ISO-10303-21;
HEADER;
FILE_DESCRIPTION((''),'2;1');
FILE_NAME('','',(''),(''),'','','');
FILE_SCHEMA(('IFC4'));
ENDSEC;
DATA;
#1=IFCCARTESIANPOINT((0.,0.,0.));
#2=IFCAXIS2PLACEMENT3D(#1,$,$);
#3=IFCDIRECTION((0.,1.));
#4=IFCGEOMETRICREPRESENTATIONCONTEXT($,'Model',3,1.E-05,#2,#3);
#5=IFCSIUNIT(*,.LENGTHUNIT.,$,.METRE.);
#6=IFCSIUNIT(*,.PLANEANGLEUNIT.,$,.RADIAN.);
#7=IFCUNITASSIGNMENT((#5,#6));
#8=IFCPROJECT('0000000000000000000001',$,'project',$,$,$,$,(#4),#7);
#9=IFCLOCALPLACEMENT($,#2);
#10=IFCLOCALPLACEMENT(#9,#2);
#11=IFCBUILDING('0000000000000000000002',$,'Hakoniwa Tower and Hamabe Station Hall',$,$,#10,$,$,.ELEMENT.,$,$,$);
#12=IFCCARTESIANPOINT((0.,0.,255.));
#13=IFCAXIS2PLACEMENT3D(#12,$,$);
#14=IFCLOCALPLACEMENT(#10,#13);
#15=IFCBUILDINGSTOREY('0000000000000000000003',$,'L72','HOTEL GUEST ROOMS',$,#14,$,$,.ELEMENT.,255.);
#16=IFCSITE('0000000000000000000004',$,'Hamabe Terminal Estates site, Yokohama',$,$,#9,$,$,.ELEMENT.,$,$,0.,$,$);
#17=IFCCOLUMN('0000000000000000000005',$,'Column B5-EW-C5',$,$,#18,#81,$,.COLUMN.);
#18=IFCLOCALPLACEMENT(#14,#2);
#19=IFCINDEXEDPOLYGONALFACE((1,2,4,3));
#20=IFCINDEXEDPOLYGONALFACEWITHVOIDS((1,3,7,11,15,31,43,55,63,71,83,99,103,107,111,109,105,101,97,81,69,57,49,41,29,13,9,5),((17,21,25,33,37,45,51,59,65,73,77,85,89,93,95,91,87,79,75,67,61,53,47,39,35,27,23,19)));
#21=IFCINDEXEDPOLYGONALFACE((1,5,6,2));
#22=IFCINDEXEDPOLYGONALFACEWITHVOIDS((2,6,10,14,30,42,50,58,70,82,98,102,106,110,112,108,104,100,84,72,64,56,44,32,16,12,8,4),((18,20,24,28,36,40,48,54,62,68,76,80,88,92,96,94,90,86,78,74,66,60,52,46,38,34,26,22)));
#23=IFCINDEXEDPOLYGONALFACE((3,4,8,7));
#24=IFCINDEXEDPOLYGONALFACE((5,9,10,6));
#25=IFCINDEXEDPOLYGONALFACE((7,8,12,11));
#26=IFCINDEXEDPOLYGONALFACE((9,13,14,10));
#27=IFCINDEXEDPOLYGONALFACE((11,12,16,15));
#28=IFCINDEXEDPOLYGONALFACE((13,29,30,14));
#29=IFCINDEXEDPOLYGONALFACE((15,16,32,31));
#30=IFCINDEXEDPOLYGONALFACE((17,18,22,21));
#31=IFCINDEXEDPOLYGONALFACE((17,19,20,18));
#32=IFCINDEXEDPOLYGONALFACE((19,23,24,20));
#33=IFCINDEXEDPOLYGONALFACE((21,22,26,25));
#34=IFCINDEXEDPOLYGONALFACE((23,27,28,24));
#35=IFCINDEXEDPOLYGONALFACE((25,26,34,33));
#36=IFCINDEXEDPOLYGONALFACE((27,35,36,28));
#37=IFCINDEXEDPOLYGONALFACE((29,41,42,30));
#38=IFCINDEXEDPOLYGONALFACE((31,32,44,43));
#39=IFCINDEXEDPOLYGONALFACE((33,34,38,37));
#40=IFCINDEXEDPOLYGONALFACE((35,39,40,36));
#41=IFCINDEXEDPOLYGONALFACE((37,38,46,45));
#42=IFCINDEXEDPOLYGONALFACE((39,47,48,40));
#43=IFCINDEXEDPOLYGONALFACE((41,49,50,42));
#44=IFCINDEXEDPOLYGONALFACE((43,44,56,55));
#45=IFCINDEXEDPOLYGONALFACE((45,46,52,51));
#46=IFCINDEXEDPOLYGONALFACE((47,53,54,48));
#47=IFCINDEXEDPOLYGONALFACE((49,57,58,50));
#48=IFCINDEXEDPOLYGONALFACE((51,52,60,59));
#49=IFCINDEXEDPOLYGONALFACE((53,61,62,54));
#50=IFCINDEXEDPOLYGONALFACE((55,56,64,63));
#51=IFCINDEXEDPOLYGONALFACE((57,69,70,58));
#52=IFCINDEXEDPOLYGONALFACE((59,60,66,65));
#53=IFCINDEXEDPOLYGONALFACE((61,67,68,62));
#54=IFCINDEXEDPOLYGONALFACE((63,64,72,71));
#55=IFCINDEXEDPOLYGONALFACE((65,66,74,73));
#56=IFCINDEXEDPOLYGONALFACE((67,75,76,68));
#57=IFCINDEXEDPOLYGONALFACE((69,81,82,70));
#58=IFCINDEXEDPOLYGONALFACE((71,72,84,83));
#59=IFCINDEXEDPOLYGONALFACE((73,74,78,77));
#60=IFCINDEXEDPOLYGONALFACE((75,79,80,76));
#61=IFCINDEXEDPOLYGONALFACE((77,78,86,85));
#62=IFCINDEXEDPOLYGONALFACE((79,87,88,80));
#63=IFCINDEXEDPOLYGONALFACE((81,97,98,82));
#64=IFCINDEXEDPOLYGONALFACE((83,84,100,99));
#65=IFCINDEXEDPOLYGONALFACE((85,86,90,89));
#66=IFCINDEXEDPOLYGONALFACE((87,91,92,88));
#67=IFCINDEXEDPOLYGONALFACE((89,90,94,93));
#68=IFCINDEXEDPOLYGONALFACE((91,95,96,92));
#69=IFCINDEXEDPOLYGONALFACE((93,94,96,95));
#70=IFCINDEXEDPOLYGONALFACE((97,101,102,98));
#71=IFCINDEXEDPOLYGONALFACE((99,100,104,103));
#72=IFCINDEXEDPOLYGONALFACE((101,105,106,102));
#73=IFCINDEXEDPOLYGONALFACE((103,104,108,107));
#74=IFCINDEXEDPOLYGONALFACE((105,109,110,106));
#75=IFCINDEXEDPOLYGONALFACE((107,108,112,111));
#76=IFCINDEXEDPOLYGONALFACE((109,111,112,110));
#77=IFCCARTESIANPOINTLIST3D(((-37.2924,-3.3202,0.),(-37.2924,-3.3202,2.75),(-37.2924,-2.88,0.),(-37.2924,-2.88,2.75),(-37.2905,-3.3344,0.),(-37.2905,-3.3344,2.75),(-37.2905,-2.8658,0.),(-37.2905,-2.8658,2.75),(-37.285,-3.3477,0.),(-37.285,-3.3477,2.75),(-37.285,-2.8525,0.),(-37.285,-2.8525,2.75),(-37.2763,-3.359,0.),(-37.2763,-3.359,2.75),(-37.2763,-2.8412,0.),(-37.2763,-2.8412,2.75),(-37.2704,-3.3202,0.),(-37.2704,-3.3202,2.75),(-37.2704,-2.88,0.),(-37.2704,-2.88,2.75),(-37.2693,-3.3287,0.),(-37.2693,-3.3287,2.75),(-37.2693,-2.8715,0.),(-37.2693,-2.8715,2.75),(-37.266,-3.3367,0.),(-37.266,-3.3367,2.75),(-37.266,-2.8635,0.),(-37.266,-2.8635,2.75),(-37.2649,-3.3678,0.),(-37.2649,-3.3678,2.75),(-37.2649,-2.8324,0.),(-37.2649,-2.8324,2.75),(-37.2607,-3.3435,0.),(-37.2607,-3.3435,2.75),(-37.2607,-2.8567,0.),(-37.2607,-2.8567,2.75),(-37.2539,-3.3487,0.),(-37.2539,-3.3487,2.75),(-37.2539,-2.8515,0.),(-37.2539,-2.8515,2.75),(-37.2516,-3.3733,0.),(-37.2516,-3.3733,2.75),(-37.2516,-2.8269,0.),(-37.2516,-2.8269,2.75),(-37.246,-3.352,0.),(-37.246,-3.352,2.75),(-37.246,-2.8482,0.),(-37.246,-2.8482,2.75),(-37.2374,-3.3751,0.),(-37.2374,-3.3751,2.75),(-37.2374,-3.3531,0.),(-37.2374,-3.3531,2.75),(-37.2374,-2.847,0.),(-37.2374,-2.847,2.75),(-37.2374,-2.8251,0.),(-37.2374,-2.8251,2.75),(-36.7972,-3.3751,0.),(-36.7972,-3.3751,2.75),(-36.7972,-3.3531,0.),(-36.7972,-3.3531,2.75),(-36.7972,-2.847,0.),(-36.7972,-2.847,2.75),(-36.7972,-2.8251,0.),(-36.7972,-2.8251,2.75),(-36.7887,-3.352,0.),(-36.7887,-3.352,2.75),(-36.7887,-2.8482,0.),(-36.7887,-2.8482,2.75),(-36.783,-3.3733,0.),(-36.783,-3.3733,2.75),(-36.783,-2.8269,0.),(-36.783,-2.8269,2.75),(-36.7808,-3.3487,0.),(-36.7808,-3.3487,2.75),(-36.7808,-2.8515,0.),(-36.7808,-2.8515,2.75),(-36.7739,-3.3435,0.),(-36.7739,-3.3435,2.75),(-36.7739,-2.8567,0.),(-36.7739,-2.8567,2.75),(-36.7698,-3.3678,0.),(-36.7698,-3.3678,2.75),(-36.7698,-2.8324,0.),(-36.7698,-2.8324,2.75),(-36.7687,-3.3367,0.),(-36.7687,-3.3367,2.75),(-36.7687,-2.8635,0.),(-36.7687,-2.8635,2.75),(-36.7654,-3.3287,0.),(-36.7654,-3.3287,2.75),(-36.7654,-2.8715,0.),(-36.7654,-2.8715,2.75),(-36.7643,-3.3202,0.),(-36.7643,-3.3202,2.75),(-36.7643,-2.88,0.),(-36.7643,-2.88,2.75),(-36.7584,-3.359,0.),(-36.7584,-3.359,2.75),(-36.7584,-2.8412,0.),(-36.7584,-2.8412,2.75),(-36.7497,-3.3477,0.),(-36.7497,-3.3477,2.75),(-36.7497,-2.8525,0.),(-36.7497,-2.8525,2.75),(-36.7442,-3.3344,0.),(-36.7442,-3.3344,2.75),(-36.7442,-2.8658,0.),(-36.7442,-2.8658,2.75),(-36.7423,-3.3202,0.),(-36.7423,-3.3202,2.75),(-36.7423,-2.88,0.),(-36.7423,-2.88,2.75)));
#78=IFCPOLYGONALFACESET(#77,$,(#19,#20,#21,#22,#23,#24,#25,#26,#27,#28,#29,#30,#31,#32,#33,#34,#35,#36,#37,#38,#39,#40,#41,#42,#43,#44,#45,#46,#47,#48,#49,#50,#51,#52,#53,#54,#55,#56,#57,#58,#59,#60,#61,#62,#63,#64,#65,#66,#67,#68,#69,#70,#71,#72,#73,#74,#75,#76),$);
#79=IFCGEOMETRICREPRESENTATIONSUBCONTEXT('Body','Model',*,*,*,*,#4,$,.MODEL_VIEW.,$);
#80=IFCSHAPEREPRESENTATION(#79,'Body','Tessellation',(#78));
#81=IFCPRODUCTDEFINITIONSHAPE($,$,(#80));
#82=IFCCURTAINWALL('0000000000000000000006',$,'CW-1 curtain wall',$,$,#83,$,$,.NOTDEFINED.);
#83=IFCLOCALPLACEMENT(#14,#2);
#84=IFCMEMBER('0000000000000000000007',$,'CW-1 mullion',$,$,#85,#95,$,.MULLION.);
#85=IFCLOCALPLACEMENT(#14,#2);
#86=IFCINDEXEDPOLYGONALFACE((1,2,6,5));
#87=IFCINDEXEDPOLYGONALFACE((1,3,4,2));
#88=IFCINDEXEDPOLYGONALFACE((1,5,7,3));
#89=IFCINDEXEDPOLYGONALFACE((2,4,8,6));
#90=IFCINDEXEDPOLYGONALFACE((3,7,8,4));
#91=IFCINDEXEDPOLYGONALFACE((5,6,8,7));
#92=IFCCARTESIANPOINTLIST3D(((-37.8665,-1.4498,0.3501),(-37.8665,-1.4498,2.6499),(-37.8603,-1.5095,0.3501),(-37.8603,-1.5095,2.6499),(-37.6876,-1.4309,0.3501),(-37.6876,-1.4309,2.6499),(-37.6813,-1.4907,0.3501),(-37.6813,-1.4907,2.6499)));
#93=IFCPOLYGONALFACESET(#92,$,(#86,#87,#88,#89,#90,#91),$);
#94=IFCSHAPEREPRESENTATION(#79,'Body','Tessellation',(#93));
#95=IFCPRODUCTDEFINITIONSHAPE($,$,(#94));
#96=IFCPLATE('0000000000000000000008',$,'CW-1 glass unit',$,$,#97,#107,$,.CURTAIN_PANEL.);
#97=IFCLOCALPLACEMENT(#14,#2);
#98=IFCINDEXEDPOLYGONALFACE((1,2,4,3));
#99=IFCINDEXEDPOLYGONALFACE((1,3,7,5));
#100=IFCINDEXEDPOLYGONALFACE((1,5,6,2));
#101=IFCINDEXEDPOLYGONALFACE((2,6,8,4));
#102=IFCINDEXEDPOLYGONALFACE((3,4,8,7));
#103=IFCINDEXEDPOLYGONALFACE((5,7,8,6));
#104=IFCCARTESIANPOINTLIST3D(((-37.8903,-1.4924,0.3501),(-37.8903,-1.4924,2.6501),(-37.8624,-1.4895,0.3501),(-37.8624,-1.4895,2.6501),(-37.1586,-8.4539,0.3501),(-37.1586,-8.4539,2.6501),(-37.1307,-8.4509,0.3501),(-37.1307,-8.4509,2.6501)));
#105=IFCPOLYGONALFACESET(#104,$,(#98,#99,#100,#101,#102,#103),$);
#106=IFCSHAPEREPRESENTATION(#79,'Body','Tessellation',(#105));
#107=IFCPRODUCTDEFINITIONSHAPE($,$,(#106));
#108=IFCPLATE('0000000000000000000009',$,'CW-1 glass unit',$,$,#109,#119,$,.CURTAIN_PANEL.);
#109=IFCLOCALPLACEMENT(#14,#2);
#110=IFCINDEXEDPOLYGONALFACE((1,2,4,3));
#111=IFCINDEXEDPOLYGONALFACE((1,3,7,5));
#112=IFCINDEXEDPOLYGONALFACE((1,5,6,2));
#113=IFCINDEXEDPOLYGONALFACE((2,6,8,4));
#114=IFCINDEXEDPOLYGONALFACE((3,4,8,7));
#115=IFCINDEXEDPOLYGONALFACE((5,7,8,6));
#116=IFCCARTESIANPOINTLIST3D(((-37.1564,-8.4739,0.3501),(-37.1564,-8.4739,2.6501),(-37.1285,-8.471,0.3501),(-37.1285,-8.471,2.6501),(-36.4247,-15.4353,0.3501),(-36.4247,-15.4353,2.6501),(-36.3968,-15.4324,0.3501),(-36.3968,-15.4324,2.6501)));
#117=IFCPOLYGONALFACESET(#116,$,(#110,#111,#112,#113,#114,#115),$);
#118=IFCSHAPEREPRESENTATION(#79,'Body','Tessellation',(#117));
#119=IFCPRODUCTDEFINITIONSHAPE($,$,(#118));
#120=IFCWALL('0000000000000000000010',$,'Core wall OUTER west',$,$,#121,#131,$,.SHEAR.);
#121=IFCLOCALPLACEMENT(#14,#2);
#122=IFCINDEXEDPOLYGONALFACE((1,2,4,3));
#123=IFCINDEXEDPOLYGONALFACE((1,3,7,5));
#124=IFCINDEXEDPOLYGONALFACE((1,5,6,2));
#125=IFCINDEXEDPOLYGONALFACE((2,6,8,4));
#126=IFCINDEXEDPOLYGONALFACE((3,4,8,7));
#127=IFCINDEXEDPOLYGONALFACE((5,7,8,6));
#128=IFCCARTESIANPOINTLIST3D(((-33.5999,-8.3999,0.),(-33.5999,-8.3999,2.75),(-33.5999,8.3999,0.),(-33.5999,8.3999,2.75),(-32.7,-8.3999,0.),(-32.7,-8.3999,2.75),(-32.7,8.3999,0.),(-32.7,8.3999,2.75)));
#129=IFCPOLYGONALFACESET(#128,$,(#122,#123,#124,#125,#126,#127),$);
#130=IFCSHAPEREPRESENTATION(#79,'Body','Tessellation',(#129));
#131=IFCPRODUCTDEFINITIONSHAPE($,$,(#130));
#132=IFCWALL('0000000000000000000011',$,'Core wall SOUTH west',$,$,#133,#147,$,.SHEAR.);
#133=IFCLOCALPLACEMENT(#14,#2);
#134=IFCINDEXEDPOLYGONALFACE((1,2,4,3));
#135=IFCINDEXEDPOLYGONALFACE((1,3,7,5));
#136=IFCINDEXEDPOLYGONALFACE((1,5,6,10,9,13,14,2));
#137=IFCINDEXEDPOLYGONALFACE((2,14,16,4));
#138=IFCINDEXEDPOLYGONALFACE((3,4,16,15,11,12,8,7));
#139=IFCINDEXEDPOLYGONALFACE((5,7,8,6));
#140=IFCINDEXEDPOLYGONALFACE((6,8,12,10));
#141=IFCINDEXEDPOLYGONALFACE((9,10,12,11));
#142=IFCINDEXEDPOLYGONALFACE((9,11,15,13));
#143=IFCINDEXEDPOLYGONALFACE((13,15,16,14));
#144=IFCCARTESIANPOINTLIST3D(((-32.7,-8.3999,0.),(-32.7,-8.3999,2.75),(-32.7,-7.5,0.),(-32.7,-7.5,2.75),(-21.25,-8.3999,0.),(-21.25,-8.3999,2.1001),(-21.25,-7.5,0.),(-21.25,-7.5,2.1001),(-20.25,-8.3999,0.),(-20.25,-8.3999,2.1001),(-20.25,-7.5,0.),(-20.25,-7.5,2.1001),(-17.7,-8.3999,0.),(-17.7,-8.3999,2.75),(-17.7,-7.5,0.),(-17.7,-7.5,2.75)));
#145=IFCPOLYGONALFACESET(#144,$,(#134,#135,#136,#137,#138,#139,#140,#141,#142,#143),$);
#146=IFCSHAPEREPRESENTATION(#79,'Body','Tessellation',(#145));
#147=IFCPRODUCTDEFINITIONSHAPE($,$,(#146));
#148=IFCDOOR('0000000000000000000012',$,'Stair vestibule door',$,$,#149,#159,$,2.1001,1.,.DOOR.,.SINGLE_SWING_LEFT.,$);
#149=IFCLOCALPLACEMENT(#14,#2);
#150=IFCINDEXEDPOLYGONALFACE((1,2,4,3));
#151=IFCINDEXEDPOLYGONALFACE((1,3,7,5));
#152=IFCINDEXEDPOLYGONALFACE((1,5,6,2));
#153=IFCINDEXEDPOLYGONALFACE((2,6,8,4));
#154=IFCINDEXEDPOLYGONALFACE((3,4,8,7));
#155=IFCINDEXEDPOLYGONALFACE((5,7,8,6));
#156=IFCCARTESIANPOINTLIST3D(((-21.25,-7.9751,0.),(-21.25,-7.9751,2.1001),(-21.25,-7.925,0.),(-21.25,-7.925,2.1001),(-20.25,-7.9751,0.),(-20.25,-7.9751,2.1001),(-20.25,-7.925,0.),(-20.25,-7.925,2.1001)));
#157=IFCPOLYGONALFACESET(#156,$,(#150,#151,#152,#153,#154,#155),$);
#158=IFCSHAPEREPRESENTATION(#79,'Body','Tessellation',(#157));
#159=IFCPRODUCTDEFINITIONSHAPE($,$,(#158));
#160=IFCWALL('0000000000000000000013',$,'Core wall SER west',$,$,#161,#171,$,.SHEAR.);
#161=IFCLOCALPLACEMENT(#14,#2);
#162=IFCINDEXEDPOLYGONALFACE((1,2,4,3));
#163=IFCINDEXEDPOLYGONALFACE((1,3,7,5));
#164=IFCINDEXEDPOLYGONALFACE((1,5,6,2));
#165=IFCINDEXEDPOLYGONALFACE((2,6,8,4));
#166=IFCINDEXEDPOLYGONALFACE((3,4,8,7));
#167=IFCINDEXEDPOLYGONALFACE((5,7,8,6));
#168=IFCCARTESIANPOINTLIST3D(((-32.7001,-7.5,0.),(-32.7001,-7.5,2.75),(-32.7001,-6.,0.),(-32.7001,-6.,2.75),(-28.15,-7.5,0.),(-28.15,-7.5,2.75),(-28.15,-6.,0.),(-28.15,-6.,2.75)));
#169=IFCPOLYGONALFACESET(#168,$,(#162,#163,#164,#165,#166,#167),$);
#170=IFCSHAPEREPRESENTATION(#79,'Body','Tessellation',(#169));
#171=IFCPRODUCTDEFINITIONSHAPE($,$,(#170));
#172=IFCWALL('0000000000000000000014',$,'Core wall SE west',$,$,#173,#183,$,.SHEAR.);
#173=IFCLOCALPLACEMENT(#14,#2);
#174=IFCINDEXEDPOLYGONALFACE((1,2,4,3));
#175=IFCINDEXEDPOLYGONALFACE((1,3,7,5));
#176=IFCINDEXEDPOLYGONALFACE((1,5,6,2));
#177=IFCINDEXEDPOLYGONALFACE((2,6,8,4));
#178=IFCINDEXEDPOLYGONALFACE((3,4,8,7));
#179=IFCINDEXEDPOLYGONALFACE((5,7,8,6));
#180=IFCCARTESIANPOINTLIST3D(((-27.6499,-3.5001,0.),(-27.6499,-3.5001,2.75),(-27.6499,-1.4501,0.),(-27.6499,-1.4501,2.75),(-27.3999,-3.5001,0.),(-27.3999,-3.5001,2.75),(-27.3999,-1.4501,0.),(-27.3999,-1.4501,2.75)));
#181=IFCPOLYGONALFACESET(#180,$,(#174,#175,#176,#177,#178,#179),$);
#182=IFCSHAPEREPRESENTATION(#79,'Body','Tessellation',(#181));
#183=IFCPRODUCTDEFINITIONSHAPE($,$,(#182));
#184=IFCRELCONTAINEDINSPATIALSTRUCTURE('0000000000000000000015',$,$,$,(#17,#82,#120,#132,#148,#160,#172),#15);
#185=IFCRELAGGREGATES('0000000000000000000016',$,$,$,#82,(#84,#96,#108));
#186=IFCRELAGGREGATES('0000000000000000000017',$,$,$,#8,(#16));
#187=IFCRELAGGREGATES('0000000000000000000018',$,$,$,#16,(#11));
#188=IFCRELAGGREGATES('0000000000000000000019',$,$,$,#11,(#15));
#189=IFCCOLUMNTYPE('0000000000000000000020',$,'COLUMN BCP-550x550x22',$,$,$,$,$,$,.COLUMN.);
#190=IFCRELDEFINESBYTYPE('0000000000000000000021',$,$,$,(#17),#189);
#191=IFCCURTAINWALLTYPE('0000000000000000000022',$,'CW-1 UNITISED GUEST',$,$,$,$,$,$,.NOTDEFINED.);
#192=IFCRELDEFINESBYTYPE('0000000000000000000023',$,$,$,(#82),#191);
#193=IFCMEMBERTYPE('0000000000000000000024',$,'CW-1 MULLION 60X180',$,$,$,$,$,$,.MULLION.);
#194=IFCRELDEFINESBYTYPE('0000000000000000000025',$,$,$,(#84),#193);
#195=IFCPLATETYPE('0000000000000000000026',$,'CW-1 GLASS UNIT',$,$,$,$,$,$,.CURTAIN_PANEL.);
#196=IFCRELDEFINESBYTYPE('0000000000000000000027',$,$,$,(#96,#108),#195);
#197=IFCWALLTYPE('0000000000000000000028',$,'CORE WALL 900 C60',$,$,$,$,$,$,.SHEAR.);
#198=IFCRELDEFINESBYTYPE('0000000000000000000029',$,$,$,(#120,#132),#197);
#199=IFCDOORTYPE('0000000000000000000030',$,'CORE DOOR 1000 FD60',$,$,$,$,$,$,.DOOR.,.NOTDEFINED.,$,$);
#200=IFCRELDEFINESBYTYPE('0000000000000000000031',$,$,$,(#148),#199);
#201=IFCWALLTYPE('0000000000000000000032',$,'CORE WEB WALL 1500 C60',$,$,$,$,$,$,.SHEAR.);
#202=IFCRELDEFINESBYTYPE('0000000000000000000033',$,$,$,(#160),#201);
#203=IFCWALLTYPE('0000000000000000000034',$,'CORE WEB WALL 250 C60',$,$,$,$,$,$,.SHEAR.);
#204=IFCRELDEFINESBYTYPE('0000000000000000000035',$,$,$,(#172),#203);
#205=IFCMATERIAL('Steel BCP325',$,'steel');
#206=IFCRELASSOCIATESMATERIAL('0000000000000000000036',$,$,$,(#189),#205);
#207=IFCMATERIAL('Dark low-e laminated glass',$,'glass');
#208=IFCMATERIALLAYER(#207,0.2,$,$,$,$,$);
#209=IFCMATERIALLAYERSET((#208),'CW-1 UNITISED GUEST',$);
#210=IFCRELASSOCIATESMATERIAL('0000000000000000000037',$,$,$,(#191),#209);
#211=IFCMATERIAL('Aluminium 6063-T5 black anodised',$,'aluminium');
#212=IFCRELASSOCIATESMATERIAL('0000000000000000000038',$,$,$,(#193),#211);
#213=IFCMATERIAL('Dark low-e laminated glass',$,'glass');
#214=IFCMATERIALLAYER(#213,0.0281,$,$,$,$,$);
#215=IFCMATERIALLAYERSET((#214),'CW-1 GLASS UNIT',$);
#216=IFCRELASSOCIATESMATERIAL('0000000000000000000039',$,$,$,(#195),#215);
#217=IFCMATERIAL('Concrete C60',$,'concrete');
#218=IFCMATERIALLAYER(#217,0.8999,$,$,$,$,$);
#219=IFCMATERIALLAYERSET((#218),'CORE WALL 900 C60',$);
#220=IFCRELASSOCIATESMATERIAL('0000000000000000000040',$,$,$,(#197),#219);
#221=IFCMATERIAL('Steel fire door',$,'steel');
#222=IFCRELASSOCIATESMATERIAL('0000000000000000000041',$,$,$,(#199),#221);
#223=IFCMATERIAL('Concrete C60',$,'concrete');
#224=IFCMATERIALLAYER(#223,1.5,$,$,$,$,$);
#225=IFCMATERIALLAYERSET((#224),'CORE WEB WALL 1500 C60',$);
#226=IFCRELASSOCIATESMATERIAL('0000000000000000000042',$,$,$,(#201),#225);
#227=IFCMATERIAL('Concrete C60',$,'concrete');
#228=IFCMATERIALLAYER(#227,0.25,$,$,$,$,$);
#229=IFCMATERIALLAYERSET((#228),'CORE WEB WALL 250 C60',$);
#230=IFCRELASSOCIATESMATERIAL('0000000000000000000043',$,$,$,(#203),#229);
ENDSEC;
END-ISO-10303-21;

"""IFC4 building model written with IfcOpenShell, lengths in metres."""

from ifc_helpers import new_model, si_unit, direction, frame, frame_2d, origin, origin_2d, place, context, subcontext, project, spatial, rectangle, hollow_rectangle, extrude, material, layer, layer_set, material_profile, profile_set, type_object, element, fill, aggregate, save


model = new_model("IFC4")

# Units and contexts
model_context = context("Model", 3, precision=1e-05, world=origin(), true_north=direction((0.0, 1.0)))
body_context = subcontext(model_context, "Body", "Model", "MODEL_VIEW")
ifc_project = project(units=[si_unit("LENGTHUNIT", "METRE"), si_unit("PLANEANGLEUNIT", "RADIAN")], contexts=[model_context])

# Site, building, storey
site_placement = place(None, origin())
site = spatial("IfcSite", under=ifc_project, at=site_placement, Name="Hamabe Terminal Estates site, Yokohama", CompositionType="ELEMENT", RefElevation=0.0)
building_placement = place(site_placement, origin())
building = spatial("IfcBuilding", under=site, at=building_placement, Name="Hakoniwa Tower and Hamabe Station Hall", CompositionType="ELEMENT")
storey_placement = place(building_placement, frame((0.0, 0.0, 255.0)))
storey = spatial("IfcBuildingStorey", under=building, at=storey_placement, Name="L72", Description="HOTEL GUEST ROOMS", CompositionType="ELEMENT", Elevation=255.0)

# Column
ifc_material_1 = material(Name="Steel BCP325", Category="steel")
ifc_material_profile_1 = material_profile(ifc_material_1, hollow_rectangle(XDim=0.55, YDim=0.55, WallThickness=0.022, InnerFilletRadius=0.033, OuterFilletRadius=0.0549, at=origin_2d()), Name="BCP-550x550x22")
ifc_profile_set_1 = profile_set([ifc_material_profile_1], Name="Steel BCP325")
column_type = type_object("IfcColumnType", Name="COLUMN BCP-550x550x22", PredefinedType="COLUMN", material=ifc_profile_set_1)
column_placement = place(storey_placement, frame((-37.0173, -3.1001, 0.0), z_axis=(0.0, 0.0, 1.0), x_axis=(1.0, 0.0, 0.0)))
element("IfcColumn", 1, at=column_placement, inside=storey, type_object=column_type, Name="Column B5-EW-C5", PredefinedType="COLUMN", context=body_context, shape_type="SweptSolid", body=[
    extrude(hollow_rectangle(XDim=0.55, YDim=0.55, WallThickness=0.022, InnerFilletRadius=0.033, OuterFilletRadius=0.0549, at=origin_2d()), origin(), (0.0, 0.0, 1.0), 2.75),
])

# Curtain wall, member, plates
ifc_material_2 = material(Name="Dark low-e laminated glass", Category="glass")
ifc_layer_1 = layer(ifc_material_2, 0.2)
ifc_layer_set_1 = layer_set([ifc_layer_1], Name="CW-1 UNITISED GUEST")
curtain_wall_type = type_object("IfcCurtainWallType", Name="CW-1 UNITISED GUEST", PredefinedType="NOTDEFINED", material=ifc_layer_set_1)
curtain_wall_placement = place(storey_placement, origin())
curtain_wall = element("IfcCurtainWall", 2, at=curtain_wall_placement, inside=storey, type_object=curtain_wall_type, Name="CW-1 curtain wall", PredefinedType="NOTDEFINED")
ifc_material_3 = material(Name="Aluminium 6063-T5 black anodised", Category="aluminium")
ifc_material_profile_2 = material_profile(ifc_material_3, rectangle(XDim=0.0601, YDim=0.1799, at=origin_2d()), Name="CW-1 MULLION 60X180")
ifc_profile_set_2 = profile_set([ifc_material_profile_2], Name="Aluminium 6063-T5 black anodised")
member_type = type_object("IfcMemberType", Name="CW-1 MULLION 60X180", PredefinedType="MULLION", material=ifc_profile_set_2)
member_placement = place(storey_placement, frame((-37.7739, -1.4702, 0.3501), z_axis=(0.0, 0.0, 1.0), x_axis=(0.104528, -0.994522, 0.0)))
member = element("IfcMember", 3, at=member_placement, type_object=member_type, Name="CW-1 mullion", PredefinedType="MULLION", context=body_context, shape_type="SweptSolid", body=[
    extrude(rectangle(XDim=0.0601, YDim=0.1799, at=origin_2d()), origin(), (0.0, 0.0, 1.0), 2.2998),
])
ifc_material_4 = material(Name="Dark low-e laminated glass", Category="glass")
ifc_layer_2 = layer(ifc_material_4, 0.0281)
ifc_layer_set_2 = layer_set([ifc_layer_2], Name="CW-1 GLASS UNIT")
plate_type = type_object("IfcPlateType", Name="CW-1 GLASS UNIT", PredefinedType="CURTAIN_PANEL", material=ifc_layer_set_2)
plate_1_placement = place(storey_placement, frame((-37.5105, -4.9717, 0.3501), z_axis=(0.0, 0.0, 1.0), x_axis=(0.104528, -0.994522, 0.0)))
plate_1 = element("IfcPlate", 4, at=plate_1_placement, type_object=plate_type, Name="CW-1 glass unit", PredefinedType="CURTAIN_PANEL", context=body_context, shape_type="SweptSolid", body=[
    extrude(rectangle(XDim=6.9998, YDim=0.0281, at=origin_2d()), origin(), (0.0, 0.0, 1.0), 2.3),
])
plate_2_placement = place(storey_placement, frame((-36.7766, -11.9531, 0.3501), z_axis=(0.0, 0.0, 1.0), x_axis=(0.104528, -0.994522, 0.0)))
plate_2 = element("IfcPlate", 5, at=plate_2_placement, type_object=plate_type, Name="CW-1 glass unit", PredefinedType="CURTAIN_PANEL", context=body_context, shape_type="SweptSolid", body=[
    extrude(rectangle(XDim=6.9998, YDim=0.0281, at=origin_2d()), origin(), (0.0, 0.0, 1.0), 2.3),
])
aggregate(curtain_wall, [member, plate_1, plate_2])

# Wall
ifc_material_5 = material(Name="Concrete C60", Category="concrete")
ifc_layer_3 = layer(ifc_material_5, 0.8999)
ifc_layer_set_3 = layer_set([ifc_layer_3], Name="CORE WALL 900 C60")
wall_type_1 = type_object("IfcWallType", Name="CORE WALL 900 C60", PredefinedType="SHEAR", material=ifc_layer_set_3)
wall_1_placement = place(storey_placement, frame((-33.1499, -8.3999, 0.0), z_axis=(0.0, 0.0, 1.0), x_axis=(0.0, 1.0, 0.0)))
element("IfcWall", 6, at=wall_1_placement, inside=storey, type_object=wall_type_1, Name="Core wall OUTER west", PredefinedType="SHEAR", context=body_context, shape_type="SweptSolid", body=[
    extrude(rectangle(XDim=16.7998, YDim=0.8999, at=frame_2d((8.3999, 0.0))), origin(), (0.0, 0.0, 1.0), 2.75),
])

# Wall, opening, door
wall_2_placement = place(storey_placement, frame((-32.7, -7.95, 0.0), z_axis=(0.0, 0.0, 1.0), x_axis=(1.0, 0.0, 0.0)))
wall_2 = element("IfcWall", 7, at=wall_2_placement, inside=storey, type_object=wall_type_1, Name="Core wall SOUTH west", PredefinedType="SHEAR", context=body_context, shape_type="SweptSolid", body=[
    extrude(rectangle(XDim=15.0, YDim=0.8999, at=frame_2d((7.5, 0.0))), origin(), (0.0, 0.0, 1.0), 2.75),
])
opening_1_placement = place(wall_2_placement, frame((11.45, 0.0, 0.0)))
opening_1 = element("IfcOpeningElement", 8, at=opening_1_placement, cuts=wall_2, PredefinedType="OPENING", context=body_context, shape_type="SweptSolid", body=[
    extrude(rectangle(XDim=1.0, YDim=2.1001, at=frame_2d((0.5, 1.05))), frame((0.0, 0.46, 0.0), z_axis=(0.0, -1.0, 0.0), x_axis=(1.0, 0.0, 0.0)), (0.0, 0.0, 1.0), 0.9199),
])
ifc_material_6 = material(Name="Steel fire door", Category="steel")
door_type_1 = type_object("IfcDoorType", Name="CORE DOOR 1000 FD60", OperationType="NOTDEFINED", PredefinedType="DOOR", material=ifc_material_6)
door_1_placement = place(opening_1_placement, origin())
door_1 = element("IfcDoor", 9, at=door_1_placement, inside=storey, type_object=door_type_1, Name="Stair vestibule door", OperationType="SINGLE_SWING_LEFT", OverallHeight=2.1001, OverallWidth=1.0, PredefinedType="DOOR", context=body_context, shape_type="SweptSolid", body=[
    extrude(rectangle(XDim=1.0, YDim=2.1001, at=frame_2d((0.5, 1.05))), frame((0.0, 0.0249, 0.0), z_axis=(0.0, -1.0, 0.0), x_axis=(1.0, 0.0, 0.0)), (0.0, 0.0, 1.0), 0.05),
])
fill(opening_1, door_1)

# Walls
ifc_material_7 = material(Name="Concrete C60", Category="concrete")
ifc_layer_4 = layer(ifc_material_7, 1.5)
ifc_layer_set_4 = layer_set([ifc_layer_4], Name="CORE WEB WALL 1500 C60")
wall_type_2 = type_object("IfcWallType", Name="CORE WEB WALL 1500 C60", PredefinedType="SHEAR", material=ifc_layer_set_4)
wall_3_placement = place(storey_placement, frame((-32.7, -6.75, 0.0), z_axis=(0.0, 0.0, 1.0), x_axis=(1.0, 0.0, 0.0)))
element("IfcWall", 10, at=wall_3_placement, inside=storey, type_object=wall_type_2, Name="Core wall SER west", PredefinedType="SHEAR", context=body_context, shape_type="SweptSolid", body=[
    extrude(rectangle(XDim=4.55, YDim=1.5, at=frame_2d((2.2749, 0.0))), origin(), (0.0, 0.0, 1.0), 2.75),
])
ifc_material_8 = material(Name="Concrete C60", Category="concrete")
ifc_layer_5 = layer(ifc_material_8, 0.25)
ifc_layer_set_5 = layer_set([ifc_layer_5], Name="CORE WEB WALL 250 C60")
wall_type_3 = type_object("IfcWallType", Name="CORE WEB WALL 250 C60", PredefinedType="SHEAR", material=ifc_layer_set_5)
wall_4_placement = place(storey_placement, frame((-27.5249, -3.5, 0.0), z_axis=(0.0, 0.0, 1.0), x_axis=(0.0, 1.0, 0.0)))
element("IfcWall", 11, at=wall_4_placement, inside=storey, type_object=wall_type_3, Name="Core wall SE west", PredefinedType="SHEAR", context=body_context, shape_type="SweptSolid", body=[
    extrude(rectangle(XDim=2.05, YDim=0.25, at=frame_2d((1.0249, 0.0))), origin(), (0.0, 0.0, 1.0), 2.75),
])

save(model, "model.ifc")
